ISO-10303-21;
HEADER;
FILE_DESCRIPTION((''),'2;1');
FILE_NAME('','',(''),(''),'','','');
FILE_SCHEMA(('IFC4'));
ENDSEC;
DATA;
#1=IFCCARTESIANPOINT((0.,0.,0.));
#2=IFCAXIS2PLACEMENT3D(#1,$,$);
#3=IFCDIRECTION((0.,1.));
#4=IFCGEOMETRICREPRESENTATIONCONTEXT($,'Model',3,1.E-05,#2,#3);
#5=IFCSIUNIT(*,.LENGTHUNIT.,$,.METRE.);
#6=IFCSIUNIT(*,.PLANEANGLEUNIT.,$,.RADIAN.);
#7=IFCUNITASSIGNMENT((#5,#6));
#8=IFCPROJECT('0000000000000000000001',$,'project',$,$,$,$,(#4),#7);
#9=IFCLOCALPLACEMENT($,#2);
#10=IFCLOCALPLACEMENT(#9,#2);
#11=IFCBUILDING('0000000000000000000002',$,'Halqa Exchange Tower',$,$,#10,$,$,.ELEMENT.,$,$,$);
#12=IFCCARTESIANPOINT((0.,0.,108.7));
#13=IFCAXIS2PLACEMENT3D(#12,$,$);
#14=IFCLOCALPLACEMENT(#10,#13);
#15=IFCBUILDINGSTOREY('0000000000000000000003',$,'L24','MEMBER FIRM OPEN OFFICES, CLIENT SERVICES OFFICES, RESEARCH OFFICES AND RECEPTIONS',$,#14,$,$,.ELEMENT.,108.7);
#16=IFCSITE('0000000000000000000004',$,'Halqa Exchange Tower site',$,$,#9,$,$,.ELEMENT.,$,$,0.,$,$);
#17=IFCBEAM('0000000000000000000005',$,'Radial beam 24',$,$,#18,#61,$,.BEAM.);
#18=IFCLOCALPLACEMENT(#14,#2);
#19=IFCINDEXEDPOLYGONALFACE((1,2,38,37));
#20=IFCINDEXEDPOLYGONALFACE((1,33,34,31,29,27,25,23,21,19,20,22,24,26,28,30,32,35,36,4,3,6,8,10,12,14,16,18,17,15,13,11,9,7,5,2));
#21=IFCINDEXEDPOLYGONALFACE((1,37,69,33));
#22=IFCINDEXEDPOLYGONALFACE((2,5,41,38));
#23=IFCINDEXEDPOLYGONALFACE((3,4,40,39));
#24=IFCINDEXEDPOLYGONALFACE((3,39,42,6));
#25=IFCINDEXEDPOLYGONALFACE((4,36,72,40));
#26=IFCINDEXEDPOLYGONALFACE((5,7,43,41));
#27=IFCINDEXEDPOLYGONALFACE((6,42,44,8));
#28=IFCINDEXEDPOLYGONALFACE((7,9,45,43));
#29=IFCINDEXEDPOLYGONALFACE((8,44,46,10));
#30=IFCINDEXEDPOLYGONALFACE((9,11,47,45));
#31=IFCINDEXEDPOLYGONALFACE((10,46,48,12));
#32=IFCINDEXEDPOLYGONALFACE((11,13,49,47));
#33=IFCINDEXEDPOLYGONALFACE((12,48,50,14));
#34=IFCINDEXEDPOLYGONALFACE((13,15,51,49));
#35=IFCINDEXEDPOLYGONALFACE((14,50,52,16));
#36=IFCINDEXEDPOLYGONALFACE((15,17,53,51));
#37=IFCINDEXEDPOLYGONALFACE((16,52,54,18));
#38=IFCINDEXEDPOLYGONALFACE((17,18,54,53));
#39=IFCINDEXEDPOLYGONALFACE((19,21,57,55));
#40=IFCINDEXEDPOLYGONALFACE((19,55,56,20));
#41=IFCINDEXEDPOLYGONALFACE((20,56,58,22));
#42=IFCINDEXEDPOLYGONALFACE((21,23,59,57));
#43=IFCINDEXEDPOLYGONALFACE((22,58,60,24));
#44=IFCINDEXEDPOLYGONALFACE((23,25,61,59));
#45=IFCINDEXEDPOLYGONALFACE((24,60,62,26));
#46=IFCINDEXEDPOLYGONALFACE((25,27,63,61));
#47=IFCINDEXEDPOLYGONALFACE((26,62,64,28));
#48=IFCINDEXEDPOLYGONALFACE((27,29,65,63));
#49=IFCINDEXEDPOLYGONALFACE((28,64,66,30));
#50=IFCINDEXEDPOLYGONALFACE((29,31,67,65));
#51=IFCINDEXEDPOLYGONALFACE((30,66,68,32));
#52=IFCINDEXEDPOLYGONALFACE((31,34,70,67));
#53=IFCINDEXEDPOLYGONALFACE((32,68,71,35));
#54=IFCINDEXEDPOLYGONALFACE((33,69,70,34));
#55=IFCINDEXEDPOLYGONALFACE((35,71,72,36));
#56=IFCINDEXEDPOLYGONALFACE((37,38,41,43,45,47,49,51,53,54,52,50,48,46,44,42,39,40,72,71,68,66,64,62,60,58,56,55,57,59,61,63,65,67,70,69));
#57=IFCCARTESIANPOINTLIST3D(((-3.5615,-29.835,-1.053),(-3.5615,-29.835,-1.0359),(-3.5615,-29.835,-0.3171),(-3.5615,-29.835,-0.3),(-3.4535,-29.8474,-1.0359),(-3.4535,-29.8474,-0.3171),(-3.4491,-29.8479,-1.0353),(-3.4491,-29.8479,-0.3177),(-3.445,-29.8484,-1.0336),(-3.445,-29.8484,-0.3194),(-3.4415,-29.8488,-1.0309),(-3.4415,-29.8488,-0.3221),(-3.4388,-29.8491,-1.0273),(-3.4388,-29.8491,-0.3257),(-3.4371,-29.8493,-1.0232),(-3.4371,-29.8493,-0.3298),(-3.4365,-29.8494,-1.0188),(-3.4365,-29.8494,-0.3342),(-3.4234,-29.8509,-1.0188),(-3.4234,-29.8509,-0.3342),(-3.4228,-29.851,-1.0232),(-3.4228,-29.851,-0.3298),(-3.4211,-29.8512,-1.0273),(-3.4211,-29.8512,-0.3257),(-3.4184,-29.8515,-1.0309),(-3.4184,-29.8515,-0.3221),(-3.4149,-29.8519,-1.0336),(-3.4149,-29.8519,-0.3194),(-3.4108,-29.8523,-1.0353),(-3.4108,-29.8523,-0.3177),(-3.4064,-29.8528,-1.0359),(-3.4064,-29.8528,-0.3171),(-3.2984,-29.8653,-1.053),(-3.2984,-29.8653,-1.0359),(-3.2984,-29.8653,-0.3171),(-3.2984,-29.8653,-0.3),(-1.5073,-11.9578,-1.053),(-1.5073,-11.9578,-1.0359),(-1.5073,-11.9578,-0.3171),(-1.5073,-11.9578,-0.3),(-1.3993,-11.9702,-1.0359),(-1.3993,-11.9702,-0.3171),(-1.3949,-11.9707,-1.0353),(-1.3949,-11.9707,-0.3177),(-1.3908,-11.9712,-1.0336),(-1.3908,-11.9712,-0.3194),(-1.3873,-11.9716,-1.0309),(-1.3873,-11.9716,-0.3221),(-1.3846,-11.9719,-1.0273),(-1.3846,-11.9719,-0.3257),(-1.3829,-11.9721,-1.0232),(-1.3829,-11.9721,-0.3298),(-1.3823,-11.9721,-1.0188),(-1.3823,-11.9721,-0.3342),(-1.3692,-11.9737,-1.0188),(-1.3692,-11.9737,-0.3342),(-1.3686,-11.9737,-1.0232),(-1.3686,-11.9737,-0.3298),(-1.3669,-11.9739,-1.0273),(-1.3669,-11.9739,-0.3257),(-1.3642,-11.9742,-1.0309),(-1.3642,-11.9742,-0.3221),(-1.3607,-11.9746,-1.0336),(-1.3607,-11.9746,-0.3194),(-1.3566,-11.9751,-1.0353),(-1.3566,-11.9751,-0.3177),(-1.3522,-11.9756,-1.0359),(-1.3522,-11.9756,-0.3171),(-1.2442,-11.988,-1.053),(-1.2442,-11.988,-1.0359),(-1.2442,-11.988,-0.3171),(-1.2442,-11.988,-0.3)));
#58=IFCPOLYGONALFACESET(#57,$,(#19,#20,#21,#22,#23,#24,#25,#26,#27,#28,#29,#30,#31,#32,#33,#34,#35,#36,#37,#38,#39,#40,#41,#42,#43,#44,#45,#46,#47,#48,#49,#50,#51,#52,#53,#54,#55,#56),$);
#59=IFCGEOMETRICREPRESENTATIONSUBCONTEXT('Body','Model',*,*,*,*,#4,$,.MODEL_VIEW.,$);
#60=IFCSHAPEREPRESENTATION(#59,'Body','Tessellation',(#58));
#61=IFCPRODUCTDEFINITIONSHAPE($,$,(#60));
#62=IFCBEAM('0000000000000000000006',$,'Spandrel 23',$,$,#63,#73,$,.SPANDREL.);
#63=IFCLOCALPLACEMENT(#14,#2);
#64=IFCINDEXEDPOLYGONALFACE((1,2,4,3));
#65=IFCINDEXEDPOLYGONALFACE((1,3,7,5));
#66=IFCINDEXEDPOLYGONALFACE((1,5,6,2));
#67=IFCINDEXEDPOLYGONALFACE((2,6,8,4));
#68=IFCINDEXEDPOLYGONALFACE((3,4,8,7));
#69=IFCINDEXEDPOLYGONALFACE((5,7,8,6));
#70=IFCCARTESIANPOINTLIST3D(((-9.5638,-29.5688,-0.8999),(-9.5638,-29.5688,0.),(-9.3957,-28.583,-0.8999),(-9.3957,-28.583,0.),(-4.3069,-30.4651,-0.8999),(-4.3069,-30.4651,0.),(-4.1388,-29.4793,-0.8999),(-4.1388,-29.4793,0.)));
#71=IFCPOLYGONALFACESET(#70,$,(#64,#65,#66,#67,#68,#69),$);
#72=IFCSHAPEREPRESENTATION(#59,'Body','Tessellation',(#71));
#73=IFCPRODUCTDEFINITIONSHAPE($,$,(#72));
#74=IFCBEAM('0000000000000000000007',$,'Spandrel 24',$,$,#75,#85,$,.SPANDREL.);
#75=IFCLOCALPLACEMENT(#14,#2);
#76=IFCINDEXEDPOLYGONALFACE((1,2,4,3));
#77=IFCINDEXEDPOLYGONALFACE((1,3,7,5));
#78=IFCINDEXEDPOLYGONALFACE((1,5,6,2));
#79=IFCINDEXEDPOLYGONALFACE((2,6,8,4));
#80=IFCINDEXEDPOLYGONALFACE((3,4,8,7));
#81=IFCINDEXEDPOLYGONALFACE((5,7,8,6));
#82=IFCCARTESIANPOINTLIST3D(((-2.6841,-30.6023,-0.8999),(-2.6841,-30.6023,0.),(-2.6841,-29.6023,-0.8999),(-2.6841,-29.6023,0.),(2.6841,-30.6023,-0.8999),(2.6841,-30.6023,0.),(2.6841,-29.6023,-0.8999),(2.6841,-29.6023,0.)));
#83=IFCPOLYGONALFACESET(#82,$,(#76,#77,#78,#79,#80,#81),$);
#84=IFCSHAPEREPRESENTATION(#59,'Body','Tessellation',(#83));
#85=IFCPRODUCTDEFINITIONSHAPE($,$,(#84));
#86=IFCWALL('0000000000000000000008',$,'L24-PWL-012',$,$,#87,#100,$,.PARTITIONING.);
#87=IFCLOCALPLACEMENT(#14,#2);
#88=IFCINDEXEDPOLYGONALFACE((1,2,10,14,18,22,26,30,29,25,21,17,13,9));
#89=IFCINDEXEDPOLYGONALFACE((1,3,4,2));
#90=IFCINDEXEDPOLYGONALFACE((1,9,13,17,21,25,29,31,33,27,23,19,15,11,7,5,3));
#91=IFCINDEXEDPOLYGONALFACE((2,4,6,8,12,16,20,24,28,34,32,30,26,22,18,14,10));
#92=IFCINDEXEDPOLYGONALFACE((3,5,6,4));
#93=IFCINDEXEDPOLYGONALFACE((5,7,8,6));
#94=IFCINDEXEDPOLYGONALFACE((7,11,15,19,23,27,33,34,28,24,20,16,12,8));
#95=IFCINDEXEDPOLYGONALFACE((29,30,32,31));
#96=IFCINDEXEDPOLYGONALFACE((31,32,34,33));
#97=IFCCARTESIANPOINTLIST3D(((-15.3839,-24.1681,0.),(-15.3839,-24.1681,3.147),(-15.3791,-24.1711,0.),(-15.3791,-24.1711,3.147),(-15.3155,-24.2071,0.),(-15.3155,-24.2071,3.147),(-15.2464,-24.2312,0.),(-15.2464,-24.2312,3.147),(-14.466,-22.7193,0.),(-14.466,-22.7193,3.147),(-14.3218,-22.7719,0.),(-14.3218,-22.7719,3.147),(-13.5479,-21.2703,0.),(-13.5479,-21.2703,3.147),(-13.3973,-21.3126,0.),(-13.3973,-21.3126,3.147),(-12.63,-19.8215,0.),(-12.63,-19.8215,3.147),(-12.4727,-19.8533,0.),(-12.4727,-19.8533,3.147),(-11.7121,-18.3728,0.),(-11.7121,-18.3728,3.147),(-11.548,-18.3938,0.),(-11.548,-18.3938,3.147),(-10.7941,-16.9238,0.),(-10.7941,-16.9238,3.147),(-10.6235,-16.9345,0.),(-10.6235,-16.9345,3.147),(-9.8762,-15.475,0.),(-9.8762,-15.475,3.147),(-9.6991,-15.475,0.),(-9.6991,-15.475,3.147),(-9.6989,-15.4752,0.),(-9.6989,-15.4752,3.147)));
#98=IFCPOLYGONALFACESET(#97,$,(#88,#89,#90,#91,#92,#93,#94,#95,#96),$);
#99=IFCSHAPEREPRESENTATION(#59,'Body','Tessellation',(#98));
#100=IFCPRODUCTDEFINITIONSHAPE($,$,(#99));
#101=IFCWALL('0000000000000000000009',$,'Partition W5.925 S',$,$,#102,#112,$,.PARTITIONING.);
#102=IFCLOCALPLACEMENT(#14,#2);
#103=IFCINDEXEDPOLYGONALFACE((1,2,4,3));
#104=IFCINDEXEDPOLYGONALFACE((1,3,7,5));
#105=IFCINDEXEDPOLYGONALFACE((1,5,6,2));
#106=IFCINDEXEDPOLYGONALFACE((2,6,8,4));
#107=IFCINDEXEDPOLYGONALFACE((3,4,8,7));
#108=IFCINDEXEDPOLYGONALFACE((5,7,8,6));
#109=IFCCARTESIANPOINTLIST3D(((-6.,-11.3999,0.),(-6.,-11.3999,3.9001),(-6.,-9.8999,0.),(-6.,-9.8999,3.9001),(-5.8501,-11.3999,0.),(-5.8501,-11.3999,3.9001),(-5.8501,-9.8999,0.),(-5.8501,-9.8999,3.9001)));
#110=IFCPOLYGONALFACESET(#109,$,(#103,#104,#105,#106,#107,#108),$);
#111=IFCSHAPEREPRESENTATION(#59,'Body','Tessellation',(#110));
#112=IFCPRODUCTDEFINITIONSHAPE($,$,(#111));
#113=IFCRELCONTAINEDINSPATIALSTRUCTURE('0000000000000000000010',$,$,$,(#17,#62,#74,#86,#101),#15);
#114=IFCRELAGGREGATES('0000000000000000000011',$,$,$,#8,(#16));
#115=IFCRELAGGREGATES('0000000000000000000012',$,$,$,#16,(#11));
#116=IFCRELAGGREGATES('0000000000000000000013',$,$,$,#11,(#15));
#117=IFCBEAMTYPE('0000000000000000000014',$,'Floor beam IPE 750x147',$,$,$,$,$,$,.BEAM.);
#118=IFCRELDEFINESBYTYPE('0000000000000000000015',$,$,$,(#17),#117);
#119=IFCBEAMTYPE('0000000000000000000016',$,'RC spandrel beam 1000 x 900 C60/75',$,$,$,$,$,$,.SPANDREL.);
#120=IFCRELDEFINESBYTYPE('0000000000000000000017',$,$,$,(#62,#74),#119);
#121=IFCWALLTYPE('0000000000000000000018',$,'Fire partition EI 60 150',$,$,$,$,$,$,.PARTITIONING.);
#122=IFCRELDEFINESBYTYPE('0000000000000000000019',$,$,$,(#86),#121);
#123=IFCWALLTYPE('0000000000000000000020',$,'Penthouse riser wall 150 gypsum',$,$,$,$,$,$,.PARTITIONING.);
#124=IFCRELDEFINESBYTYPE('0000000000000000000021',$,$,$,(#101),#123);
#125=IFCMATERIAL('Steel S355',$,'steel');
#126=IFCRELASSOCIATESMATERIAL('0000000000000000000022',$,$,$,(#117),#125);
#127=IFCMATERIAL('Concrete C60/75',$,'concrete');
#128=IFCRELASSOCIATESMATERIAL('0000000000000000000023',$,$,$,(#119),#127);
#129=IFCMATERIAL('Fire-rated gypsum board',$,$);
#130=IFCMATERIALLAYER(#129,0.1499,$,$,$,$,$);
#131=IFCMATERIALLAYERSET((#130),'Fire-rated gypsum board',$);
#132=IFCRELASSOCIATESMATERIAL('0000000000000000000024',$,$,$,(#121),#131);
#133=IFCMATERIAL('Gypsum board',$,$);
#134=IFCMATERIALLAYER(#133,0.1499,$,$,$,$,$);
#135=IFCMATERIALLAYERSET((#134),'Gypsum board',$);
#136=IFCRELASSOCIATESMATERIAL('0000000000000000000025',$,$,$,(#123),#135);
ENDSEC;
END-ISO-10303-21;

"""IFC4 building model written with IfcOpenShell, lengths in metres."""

from ifc_helpers import new_model, si_unit, direction, frame, frame_2d, origin, origin_2d, place, context, subcontext, project, spatial, polyline, rectangle, i_section, outline, extrude, material, layer, layer_set, material_profile, profile_set, type_object, element, save


model = new_model("IFC4")

# Units and contexts
model_context = context("Model", 3, precision=1e-05, world=origin(), true_north=direction((0.0, 1.0)))
body_context = subcontext(model_context, "Body", "Model", "MODEL_VIEW")
ifc_project = project(units=[si_unit("LENGTHUNIT", "METRE"), si_unit("PLANEANGLEUNIT", "RADIAN")], contexts=[model_context])

# Site, building, storey
site_placement = place(None, origin())
site = spatial("IfcSite", under=ifc_project, at=site_placement, Name="Halqa Exchange Tower site", CompositionType="ELEMENT", RefElevation=0.0)
building_placement = place(site_placement, origin())
building = spatial("IfcBuilding", under=site, at=building_placement, Name="Halqa Exchange Tower", CompositionType="ELEMENT")
storey_placement = place(building_placement, frame((0.0, 0.0, 108.7)))
storey = spatial("IfcBuildingStorey", under=building, at=storey_placement, Name="L24", Description="MEMBER FIRM OPEN OFFICES, CLIENT SERVICES OFFICES, RESEARCH OFFICES AND RECEPTIONS", CompositionType="ELEMENT", Elevation=108.7)

# Beams
ifc_material_1 = material(Name="Steel S355", Category="steel")
ifc_material_profile_1 = material_profile(ifc_material_1, i_section(OverallWidth=0.2649, OverallDepth=0.7529, WebThickness=0.0132, FlangeThickness=0.0171, FilletRadius=0.0171, at=origin_2d()), Name="IPE 750x147")
ifc_profile_set_1 = profile_set([ifc_material_profile_1], Name="Steel S355")
beam_type_1 = type_object("IfcBeamType", Name="Floor beam IPE 750x147", PredefinedType="BEAM", material=ifc_profile_set_1)
beam_1_placement = place(storey_placement, frame((-1.3757, -11.9729, -0.6765), z_axis=(-0.114155, -0.993463, 0.0), x_axis=(0.993463, -0.114155, 0.0)))
element("IfcBeam", 1, at=beam_1_placement, inside=storey, type_object=beam_type_1, Name="Radial beam 24", PredefinedType="BEAM", context=body_context, shape_type="SweptSolid", body=[
    extrude(i_section(OverallWidth=0.2649, OverallDepth=0.7529, WebThickness=0.0132, FlangeThickness=0.0171, FilletRadius=0.0171, at=origin_2d()), origin(), (0.0, 0.0, 1.0), 17.9949),
])
ifc_material_2 = material(Name="Concrete C60/75", Category="concrete")
ifc_material_profile_2 = material_profile(ifc_material_2, rectangle(XDim=1.0, YDim=0.8999, at=origin_2d()), Name="1000 x 900")
ifc_profile_set_2 = profile_set([ifc_material_profile_2], Name="Concrete C60/75")
beam_type_2 = type_object("IfcBeamType", Name="RC spandrel beam 1000 x 900 C60/75", PredefinedType="SPANDREL", material=ifc_profile_set_2)
beam_2_placement = place(storey_placement, frame((-9.4797, -29.0759, -0.45), z_axis=(0.985776, -0.168065, 0.0), x_axis=(0.168065, 0.985776, 0.0)))
element("IfcBeam", 2, at=beam_2_placement, inside=storey, type_object=beam_type_2, Name="Spandrel 23", PredefinedType="SPANDREL", context=body_context, shape_type="SweptSolid", body=[
    extrude(rectangle(XDim=1.0, YDim=0.8999, at=origin_2d()), origin(), (0.0, 0.0, 1.0), 5.3328),
])
beam_3_placement = place(storey_placement, frame((-2.6841, -30.1023, -0.45), z_axis=(1.0, 0.0, 0.0), x_axis=(0.0, 1.0, 0.0)))
element("IfcBeam", 3, at=beam_3_placement, inside=storey, type_object=beam_type_2, Name="Spandrel 24", PredefinedType="SPANDREL", context=body_context, shape_type="SweptSolid", body=[
    extrude(rectangle(XDim=1.0, YDim=0.8999, at=origin_2d()), origin(), (0.0, 0.0, 1.0), 5.3682),
])

# Walls
ifc_material_3 = material(Name="Fire-rated gypsum board")
ifc_layer_1 = layer(ifc_material_3, 0.1499)
ifc_layer_set_1 = layer_set([ifc_layer_1], Name="Fire-rated gypsum board")
wall_type_1 = type_object("IfcWallType", Name="Fire partition EI 60 150", PredefinedType="PARTITIONING", material=ifc_layer_set_1)
wall_1_placement = place(storey_placement, frame((-9.7622, -15.4351, 0.0), z_axis=(0.0, 0.0, 1.0), x_axis=(-0.535189, -0.844732, 0.0)))
element("IfcWall", 4, at=wall_1_placement, inside=storey, type_object=wall_type_1, Name="L24-PWL-012", PredefinedType="PARTITIONING", context=body_context, shape_type="SweptSolid", body=[
    extrude(outline(polyline([(10.3857, -0.075), (10.3857, -0.0693), (10.3821, 0.0037), (10.3655, 0.075), (8.6379, 0.075), (6.9104, 0.075), (5.1829, 0.075), (3.4551, 0.075), (1.7275, 0.075), (0.0, 0.075), (0.0, 0.0747), (0.0947, -0.075), (1.8098, -0.075), (3.5251, -0.075), (5.2402, -0.075), (6.9553, -0.075), (8.6707, -0.075), (10.3857, -0.075)])), origin(), (0.0, 0.0, 1.0), 3.147),
])
ifc_material_4 = material(Name="Gypsum board")
ifc_layer_2 = layer(ifc_material_4, 0.1499)
ifc_layer_set_2 = layer_set([ifc_layer_2], Name="Gypsum board")
wall_type_2 = type_object("IfcWallType", Name="Penthouse riser wall 150 gypsum", PredefinedType="PARTITIONING", material=ifc_layer_set_2)
wall_2_placement = place(storey_placement, frame((-5.925, -11.3999, 0.0), z_axis=(0.0, 0.0, 1.0), x_axis=(0.0, 1.0, 0.0)))
element("IfcWall", 5, at=wall_2_placement, inside=storey, type_object=wall_type_2, Name="Partition W5.925 S", PredefinedType="PARTITIONING", context=body_context, shape_type="SweptSolid", body=[
    extrude(rectangle(XDim=1.5, YDim=0.1499, at=frame_2d((0.75, 0.0))), origin(), (0.0, 0.0, 1.0), 3.9001),
])

save(model, "model.ifc")
